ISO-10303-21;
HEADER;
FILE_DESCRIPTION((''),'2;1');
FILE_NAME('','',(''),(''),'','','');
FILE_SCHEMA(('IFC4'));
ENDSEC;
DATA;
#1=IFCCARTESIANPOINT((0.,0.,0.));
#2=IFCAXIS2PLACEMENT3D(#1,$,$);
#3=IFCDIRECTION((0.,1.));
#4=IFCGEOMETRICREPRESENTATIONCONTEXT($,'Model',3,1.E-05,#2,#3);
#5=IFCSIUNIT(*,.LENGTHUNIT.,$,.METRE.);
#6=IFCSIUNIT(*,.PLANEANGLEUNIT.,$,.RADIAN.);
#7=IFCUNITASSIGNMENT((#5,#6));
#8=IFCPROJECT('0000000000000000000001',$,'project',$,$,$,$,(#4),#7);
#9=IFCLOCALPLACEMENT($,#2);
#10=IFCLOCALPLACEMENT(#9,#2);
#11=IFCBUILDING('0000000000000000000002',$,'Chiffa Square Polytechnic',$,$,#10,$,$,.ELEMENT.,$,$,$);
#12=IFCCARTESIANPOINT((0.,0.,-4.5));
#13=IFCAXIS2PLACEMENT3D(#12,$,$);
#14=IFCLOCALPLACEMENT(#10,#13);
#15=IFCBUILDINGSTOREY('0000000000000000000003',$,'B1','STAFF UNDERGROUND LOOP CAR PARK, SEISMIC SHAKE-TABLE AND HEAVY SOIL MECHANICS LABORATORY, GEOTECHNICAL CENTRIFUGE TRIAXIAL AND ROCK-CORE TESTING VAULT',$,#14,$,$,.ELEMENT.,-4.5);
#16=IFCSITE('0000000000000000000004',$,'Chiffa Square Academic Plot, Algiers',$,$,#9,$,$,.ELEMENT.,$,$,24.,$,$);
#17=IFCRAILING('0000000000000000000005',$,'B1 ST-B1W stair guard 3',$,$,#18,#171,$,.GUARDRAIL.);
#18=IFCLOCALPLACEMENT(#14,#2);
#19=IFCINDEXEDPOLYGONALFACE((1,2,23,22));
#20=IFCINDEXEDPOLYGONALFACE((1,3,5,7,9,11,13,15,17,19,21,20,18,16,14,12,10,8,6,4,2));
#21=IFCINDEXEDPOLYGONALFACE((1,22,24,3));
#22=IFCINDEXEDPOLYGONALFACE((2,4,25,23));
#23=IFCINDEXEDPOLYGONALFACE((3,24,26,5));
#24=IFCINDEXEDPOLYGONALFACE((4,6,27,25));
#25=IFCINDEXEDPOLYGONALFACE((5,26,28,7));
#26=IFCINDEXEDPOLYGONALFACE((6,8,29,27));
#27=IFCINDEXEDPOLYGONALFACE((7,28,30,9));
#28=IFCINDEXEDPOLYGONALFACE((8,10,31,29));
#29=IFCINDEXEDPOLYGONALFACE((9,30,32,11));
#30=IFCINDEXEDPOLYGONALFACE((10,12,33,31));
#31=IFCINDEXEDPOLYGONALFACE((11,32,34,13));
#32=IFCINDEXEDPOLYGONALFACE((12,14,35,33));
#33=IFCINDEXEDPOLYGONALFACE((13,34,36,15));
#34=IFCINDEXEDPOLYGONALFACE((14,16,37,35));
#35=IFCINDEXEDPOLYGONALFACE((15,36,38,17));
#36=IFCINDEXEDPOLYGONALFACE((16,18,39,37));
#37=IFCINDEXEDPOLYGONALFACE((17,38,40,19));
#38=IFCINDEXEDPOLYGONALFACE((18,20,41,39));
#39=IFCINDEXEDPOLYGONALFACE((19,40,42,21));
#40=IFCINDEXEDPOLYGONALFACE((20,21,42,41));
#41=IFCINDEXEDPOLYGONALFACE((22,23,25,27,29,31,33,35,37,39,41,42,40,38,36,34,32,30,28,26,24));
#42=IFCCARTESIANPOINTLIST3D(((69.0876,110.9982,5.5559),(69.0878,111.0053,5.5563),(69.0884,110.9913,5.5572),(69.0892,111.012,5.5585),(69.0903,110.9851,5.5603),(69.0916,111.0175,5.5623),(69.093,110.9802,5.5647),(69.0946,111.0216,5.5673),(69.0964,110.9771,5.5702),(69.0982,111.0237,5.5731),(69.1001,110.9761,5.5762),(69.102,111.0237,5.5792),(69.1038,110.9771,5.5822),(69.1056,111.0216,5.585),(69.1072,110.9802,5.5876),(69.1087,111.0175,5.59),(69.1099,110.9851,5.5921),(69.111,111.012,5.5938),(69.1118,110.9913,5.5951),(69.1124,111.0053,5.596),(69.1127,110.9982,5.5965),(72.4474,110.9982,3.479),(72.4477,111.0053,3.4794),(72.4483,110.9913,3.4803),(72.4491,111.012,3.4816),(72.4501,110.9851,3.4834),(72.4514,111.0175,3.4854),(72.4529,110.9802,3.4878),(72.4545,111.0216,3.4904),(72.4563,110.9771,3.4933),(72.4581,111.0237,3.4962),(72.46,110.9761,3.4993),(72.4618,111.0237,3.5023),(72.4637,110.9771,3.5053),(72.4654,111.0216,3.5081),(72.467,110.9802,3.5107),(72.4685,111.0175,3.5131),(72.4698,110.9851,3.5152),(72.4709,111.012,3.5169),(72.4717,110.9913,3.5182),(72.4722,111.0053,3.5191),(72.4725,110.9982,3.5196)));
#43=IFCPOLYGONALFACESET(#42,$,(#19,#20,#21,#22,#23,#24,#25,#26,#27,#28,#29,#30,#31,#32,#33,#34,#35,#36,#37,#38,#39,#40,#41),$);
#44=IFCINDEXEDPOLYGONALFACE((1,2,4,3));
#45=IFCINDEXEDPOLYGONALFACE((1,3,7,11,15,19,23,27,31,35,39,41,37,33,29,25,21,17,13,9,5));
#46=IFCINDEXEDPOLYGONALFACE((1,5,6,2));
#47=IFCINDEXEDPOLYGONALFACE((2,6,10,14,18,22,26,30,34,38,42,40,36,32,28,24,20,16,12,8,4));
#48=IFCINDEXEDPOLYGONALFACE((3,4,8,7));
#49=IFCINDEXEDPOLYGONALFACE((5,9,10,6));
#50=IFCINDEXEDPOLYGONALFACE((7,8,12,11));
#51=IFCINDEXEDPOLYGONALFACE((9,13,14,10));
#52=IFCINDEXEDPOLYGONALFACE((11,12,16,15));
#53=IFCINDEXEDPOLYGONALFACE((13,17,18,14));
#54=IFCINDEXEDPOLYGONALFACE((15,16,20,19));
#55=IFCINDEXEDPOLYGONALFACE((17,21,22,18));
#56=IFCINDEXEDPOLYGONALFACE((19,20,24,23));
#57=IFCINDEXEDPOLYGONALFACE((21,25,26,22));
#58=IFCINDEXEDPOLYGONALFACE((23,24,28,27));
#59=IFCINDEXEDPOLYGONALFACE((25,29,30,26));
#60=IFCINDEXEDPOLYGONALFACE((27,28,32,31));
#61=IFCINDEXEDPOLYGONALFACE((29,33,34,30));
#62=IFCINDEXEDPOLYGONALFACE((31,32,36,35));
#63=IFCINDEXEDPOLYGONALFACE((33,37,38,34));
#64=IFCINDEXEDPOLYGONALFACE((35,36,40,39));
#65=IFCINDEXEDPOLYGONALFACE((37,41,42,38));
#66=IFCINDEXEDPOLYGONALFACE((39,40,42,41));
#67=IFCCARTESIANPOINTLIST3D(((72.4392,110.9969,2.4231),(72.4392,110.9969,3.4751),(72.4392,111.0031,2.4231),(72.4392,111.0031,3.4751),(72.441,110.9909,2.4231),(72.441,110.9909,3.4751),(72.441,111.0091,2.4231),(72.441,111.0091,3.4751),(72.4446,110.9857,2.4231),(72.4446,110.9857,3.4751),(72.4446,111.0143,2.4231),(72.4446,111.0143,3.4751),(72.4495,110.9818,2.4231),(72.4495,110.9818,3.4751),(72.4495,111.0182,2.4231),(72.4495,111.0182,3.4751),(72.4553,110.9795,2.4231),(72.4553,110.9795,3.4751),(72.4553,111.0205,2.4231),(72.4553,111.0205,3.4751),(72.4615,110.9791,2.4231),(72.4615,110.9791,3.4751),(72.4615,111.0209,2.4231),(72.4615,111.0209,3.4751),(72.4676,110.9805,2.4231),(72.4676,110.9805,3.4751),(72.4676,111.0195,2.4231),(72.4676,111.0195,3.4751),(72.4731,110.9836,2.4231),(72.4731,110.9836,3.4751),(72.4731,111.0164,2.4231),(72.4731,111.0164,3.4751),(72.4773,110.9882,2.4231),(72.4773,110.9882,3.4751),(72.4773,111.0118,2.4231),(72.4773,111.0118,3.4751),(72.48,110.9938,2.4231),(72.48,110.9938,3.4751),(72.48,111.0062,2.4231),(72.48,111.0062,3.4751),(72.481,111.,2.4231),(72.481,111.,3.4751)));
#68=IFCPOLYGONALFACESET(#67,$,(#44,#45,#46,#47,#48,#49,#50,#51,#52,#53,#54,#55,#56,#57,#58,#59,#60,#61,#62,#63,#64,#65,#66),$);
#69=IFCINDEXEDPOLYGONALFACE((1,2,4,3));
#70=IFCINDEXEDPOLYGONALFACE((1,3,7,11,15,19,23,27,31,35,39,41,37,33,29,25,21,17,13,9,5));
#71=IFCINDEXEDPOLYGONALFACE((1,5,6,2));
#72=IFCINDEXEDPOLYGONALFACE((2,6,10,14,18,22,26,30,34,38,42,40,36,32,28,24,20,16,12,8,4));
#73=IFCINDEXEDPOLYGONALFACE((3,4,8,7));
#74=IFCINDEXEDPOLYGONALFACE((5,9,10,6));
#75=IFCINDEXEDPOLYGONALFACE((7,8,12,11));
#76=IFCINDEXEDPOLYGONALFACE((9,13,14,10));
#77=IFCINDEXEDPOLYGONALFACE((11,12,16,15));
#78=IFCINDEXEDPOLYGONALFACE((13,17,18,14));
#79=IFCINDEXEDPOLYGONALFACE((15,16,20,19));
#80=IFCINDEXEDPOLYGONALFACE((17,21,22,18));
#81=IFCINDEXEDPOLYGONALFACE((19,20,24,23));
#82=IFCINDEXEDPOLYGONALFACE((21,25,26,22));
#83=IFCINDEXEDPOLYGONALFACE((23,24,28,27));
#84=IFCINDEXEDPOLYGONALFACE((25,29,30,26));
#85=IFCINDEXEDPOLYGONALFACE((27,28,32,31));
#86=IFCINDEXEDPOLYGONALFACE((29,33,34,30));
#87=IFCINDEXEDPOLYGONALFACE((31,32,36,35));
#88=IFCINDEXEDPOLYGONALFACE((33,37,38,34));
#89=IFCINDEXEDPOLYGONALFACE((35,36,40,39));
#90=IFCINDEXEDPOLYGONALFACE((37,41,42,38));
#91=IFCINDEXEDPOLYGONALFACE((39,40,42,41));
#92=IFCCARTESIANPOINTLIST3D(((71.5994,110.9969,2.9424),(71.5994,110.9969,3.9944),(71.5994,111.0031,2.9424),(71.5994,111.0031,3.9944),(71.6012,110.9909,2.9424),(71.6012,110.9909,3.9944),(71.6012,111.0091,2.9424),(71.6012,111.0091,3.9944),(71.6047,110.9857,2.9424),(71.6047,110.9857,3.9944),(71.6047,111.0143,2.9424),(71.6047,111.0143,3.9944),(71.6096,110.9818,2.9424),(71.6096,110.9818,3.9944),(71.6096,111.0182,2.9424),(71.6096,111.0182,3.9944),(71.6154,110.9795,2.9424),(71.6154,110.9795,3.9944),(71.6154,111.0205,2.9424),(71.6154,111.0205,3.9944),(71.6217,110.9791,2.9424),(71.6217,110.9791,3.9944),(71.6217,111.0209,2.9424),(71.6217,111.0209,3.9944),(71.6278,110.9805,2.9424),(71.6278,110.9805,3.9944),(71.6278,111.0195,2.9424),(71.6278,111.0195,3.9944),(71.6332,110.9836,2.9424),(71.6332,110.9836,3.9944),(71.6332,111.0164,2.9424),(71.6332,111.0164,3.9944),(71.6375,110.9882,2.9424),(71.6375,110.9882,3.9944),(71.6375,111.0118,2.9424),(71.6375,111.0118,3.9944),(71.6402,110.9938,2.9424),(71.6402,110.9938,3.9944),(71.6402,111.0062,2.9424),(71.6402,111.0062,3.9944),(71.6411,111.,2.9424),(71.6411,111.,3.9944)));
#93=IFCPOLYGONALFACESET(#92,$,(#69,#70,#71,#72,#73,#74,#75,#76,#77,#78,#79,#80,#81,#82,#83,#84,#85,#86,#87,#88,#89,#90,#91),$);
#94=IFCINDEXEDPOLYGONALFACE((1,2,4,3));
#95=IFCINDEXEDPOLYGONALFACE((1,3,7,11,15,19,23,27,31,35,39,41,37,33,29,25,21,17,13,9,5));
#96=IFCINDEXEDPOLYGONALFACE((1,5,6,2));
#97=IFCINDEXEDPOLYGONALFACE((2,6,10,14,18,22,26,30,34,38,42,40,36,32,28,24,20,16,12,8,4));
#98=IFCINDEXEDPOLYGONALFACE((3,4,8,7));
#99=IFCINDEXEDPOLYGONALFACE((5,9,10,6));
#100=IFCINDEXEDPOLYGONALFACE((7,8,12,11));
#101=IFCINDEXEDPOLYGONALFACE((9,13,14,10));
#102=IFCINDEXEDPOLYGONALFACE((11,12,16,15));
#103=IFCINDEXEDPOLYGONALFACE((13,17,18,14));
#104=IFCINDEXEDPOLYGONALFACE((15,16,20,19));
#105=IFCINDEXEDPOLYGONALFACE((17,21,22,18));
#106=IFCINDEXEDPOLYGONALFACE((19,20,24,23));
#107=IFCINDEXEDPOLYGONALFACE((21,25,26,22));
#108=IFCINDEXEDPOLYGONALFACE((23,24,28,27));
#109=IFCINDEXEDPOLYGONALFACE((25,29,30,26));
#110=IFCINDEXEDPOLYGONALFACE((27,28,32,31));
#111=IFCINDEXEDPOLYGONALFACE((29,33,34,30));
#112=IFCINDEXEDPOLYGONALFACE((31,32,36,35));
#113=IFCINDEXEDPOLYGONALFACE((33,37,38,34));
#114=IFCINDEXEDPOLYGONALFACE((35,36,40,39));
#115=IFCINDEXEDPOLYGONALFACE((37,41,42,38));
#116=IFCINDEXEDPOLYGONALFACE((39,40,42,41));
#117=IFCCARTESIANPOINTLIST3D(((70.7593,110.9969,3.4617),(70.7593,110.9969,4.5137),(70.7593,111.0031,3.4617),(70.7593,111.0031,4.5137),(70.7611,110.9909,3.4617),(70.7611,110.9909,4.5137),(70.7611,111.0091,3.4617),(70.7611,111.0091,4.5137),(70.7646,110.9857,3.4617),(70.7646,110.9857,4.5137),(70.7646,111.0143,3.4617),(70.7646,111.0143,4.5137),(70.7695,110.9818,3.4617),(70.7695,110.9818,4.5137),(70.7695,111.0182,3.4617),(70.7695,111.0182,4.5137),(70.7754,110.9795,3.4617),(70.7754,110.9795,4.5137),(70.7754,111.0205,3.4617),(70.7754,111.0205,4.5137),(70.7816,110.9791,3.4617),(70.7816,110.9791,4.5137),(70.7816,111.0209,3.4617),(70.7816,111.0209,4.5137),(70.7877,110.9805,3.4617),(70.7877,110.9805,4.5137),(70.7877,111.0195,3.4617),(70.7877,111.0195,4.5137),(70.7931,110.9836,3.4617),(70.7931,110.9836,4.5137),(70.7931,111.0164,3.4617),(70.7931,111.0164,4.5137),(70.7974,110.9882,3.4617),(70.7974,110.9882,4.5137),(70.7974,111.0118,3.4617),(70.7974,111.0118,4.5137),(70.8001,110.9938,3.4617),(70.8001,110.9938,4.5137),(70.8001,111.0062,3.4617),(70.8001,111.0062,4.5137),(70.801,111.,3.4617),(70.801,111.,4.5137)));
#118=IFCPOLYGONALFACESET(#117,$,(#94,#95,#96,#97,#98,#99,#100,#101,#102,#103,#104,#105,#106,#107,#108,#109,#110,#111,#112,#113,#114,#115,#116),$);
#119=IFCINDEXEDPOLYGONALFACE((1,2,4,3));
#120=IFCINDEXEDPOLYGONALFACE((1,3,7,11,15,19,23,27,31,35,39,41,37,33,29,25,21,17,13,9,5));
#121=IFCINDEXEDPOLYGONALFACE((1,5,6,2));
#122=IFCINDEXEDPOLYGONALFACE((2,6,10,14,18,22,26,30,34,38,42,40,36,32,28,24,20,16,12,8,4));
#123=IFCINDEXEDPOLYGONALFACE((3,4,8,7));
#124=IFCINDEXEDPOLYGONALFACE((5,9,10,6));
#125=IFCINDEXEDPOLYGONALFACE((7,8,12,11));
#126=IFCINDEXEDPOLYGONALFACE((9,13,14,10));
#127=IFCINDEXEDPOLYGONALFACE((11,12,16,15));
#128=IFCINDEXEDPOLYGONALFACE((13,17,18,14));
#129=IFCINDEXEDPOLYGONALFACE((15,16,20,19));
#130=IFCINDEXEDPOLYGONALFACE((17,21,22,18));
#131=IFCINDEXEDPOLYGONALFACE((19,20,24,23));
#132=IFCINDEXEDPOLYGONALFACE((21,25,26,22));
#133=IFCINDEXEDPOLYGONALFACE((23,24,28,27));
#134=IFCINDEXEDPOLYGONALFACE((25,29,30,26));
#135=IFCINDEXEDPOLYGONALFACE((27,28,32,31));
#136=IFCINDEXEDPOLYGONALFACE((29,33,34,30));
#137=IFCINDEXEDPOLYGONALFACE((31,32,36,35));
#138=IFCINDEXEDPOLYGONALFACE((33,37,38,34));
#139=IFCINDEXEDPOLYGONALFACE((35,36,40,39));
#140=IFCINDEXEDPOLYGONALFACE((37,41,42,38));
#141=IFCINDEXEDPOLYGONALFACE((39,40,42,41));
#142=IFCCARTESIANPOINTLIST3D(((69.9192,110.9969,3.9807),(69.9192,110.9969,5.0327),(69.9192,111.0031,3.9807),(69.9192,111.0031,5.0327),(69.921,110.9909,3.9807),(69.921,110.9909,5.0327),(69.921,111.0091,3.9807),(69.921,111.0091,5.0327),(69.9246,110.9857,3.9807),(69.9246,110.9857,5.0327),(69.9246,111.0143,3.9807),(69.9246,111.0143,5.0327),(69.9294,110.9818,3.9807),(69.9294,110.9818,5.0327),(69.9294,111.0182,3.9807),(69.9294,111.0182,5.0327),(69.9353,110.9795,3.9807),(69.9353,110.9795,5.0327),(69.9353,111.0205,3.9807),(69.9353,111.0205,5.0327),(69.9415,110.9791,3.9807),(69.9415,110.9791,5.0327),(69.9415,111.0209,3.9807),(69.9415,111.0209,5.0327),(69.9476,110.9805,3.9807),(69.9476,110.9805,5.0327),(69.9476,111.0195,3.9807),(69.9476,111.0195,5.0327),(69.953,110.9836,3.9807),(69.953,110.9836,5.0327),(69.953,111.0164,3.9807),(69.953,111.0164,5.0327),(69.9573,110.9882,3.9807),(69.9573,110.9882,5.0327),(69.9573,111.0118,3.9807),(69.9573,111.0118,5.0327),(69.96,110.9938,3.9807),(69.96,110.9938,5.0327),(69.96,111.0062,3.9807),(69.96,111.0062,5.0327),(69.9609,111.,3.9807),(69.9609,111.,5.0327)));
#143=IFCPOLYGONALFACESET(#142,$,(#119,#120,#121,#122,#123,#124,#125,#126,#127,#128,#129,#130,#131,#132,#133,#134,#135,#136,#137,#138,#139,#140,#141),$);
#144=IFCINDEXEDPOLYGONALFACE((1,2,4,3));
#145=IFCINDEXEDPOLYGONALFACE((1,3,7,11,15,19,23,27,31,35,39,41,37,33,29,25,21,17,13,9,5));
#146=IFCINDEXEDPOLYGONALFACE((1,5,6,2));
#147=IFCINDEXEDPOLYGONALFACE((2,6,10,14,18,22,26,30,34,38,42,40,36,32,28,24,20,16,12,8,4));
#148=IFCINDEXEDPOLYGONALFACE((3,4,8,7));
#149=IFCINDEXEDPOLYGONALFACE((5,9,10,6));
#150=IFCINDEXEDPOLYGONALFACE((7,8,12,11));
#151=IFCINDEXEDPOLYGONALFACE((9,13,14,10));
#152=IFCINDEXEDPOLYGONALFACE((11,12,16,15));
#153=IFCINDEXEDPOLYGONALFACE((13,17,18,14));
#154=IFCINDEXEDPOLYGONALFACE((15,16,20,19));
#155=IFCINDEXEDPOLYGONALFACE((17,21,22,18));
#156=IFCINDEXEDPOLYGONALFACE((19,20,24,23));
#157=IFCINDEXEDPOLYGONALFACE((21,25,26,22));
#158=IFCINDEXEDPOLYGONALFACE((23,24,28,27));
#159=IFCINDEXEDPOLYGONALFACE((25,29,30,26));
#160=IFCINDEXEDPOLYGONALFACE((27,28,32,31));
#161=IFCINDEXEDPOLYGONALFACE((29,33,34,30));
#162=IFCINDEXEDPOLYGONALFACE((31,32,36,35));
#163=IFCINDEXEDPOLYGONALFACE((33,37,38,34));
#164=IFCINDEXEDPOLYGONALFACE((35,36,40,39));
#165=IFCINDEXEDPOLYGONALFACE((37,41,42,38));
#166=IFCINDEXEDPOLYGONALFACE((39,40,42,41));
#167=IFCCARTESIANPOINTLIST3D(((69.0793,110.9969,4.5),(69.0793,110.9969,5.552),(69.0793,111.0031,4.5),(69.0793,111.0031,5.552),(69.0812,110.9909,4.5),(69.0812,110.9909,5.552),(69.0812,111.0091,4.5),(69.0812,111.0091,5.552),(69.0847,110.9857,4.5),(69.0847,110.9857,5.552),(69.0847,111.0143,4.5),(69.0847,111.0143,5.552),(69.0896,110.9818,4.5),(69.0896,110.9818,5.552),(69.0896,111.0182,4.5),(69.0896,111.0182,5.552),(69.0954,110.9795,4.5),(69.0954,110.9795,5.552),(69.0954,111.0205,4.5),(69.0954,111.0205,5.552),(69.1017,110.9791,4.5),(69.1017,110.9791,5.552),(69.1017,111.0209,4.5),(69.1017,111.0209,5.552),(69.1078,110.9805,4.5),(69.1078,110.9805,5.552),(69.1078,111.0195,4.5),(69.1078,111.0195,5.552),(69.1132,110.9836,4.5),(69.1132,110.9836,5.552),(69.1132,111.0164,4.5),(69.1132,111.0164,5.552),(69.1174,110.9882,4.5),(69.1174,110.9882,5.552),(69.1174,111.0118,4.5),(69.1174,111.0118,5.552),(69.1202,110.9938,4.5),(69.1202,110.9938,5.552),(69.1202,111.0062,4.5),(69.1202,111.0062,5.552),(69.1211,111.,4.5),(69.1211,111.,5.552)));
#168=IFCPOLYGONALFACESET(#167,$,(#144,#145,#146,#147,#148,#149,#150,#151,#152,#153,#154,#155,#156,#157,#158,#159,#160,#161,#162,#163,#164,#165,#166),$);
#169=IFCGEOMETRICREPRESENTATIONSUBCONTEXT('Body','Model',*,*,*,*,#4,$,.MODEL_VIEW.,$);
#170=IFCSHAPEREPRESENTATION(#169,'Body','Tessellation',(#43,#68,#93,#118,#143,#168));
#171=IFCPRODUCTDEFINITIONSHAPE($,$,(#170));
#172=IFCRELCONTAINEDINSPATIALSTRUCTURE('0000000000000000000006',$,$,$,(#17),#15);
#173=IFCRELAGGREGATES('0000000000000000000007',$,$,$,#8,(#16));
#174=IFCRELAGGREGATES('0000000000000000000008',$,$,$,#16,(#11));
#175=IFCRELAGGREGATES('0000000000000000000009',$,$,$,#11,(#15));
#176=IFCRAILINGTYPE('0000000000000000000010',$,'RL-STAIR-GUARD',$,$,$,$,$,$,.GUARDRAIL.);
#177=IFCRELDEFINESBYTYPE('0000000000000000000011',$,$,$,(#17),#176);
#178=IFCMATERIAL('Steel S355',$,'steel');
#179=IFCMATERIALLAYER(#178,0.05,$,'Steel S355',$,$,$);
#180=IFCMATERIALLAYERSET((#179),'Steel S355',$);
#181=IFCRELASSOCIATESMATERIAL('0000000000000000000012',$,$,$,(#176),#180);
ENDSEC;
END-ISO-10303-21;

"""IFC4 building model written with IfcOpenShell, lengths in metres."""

from ifc_helpers import new_model, si_unit, direction, frame, origin, origin_2d, place, context, subcontext, project, spatial, circle, extrude, material, layer, layer_set, type_object, element, save


model = new_model("IFC4")

# Units and contexts
model_context = context("Model", 3, precision=1e-05, world=origin(), true_north=direction((0.0, 1.0)))
body_context = subcontext(model_context, "Body", "Model", "MODEL_VIEW")
ifc_project = project(units=[si_unit("LENGTHUNIT", "METRE"), si_unit("PLANEANGLEUNIT", "RADIAN")], contexts=[model_context])

# Site, building, storey
site_placement = place(None, origin())
site = spatial("IfcSite", under=ifc_project, at=site_placement, Name="Chiffa Square Academic Plot, Algiers", CompositionType="ELEMENT", RefElevation=24.0)
building_placement = place(site_placement, origin())
building = spatial("IfcBuilding", under=site, at=building_placement, Name="Chiffa Square Polytechnic", CompositionType="ELEMENT")
storey_placement = place(building_placement, frame((0.0, 0.0, -4.5)))
storey = spatial("IfcBuildingStorey", under=building, at=storey_placement, Name="B1", Description="STAFF UNDERGROUND LOOP CAR PARK, SEISMIC SHAKE-TABLE AND HEAVY SOIL MECHANICS LABORATORY, GEOTECHNICAL CENTRIFUGE TRIAXIAL AND ROCK-CORE TESTING VAULT", CompositionType="ELEMENT", Elevation=-4.5)

# Railing
ifc_material_1 = material(Name="Steel S355", Category="steel")
ifc_layer_1 = layer(ifc_material_1, 0.05, Name="Steel S355")
ifc_layer_set_1 = layer_set([ifc_layer_1], Name="Steel S355")
railing_type_1 = type_object("IfcRailingType", Name="RL-STAIR-GUARD", PredefinedType="GUARDRAIL", material=ifc_layer_set_1)
railing_1_placement = place(storey_placement, frame((72.46, 111.0, 2.4231)))
element("IfcRailing", 1, at=railing_1_placement, inside=storey, type_object=railing_type_1, Name="B1 ST-B1W stair guard 3", PredefinedType="GUARDRAIL", context=body_context, shape_type="SweptSolid", body=[
    extrude(circle(Radius=0.0239, at=origin_2d()), frame((0.0, 0.0, 1.0762), z_axis=(-0.850606, 0.0, 0.525803), x_axis=(0.0, -1.0, 0.0)), (0.0, 0.0, 1.0), 3.95),
    extrude(circle(Radius=0.021, at=origin_2d()), origin(), (0.0, 0.0, 1.0), 1.052),
    extrude(circle(Radius=0.021, at=origin_2d()), frame((-0.8398, 0.0, 0.5193)), (0.0, 0.0, 1.0), 1.052),
    extrude(circle(Radius=0.021, at=origin_2d()), frame((-1.6799, 0.0, 1.0386)), (0.0, 0.0, 1.0), 1.052),
    extrude(circle(Radius=0.021, at=origin_2d()), frame((-2.52, 0.0, 1.5576)), (0.0, 0.0, 1.0), 1.052),
    extrude(circle(Radius=0.021, at=origin_2d()), frame((-3.3599, 0.0, 2.0769)), (0.0, 0.0, 1.0), 1.052),
])

save(model, "model.ifc")
